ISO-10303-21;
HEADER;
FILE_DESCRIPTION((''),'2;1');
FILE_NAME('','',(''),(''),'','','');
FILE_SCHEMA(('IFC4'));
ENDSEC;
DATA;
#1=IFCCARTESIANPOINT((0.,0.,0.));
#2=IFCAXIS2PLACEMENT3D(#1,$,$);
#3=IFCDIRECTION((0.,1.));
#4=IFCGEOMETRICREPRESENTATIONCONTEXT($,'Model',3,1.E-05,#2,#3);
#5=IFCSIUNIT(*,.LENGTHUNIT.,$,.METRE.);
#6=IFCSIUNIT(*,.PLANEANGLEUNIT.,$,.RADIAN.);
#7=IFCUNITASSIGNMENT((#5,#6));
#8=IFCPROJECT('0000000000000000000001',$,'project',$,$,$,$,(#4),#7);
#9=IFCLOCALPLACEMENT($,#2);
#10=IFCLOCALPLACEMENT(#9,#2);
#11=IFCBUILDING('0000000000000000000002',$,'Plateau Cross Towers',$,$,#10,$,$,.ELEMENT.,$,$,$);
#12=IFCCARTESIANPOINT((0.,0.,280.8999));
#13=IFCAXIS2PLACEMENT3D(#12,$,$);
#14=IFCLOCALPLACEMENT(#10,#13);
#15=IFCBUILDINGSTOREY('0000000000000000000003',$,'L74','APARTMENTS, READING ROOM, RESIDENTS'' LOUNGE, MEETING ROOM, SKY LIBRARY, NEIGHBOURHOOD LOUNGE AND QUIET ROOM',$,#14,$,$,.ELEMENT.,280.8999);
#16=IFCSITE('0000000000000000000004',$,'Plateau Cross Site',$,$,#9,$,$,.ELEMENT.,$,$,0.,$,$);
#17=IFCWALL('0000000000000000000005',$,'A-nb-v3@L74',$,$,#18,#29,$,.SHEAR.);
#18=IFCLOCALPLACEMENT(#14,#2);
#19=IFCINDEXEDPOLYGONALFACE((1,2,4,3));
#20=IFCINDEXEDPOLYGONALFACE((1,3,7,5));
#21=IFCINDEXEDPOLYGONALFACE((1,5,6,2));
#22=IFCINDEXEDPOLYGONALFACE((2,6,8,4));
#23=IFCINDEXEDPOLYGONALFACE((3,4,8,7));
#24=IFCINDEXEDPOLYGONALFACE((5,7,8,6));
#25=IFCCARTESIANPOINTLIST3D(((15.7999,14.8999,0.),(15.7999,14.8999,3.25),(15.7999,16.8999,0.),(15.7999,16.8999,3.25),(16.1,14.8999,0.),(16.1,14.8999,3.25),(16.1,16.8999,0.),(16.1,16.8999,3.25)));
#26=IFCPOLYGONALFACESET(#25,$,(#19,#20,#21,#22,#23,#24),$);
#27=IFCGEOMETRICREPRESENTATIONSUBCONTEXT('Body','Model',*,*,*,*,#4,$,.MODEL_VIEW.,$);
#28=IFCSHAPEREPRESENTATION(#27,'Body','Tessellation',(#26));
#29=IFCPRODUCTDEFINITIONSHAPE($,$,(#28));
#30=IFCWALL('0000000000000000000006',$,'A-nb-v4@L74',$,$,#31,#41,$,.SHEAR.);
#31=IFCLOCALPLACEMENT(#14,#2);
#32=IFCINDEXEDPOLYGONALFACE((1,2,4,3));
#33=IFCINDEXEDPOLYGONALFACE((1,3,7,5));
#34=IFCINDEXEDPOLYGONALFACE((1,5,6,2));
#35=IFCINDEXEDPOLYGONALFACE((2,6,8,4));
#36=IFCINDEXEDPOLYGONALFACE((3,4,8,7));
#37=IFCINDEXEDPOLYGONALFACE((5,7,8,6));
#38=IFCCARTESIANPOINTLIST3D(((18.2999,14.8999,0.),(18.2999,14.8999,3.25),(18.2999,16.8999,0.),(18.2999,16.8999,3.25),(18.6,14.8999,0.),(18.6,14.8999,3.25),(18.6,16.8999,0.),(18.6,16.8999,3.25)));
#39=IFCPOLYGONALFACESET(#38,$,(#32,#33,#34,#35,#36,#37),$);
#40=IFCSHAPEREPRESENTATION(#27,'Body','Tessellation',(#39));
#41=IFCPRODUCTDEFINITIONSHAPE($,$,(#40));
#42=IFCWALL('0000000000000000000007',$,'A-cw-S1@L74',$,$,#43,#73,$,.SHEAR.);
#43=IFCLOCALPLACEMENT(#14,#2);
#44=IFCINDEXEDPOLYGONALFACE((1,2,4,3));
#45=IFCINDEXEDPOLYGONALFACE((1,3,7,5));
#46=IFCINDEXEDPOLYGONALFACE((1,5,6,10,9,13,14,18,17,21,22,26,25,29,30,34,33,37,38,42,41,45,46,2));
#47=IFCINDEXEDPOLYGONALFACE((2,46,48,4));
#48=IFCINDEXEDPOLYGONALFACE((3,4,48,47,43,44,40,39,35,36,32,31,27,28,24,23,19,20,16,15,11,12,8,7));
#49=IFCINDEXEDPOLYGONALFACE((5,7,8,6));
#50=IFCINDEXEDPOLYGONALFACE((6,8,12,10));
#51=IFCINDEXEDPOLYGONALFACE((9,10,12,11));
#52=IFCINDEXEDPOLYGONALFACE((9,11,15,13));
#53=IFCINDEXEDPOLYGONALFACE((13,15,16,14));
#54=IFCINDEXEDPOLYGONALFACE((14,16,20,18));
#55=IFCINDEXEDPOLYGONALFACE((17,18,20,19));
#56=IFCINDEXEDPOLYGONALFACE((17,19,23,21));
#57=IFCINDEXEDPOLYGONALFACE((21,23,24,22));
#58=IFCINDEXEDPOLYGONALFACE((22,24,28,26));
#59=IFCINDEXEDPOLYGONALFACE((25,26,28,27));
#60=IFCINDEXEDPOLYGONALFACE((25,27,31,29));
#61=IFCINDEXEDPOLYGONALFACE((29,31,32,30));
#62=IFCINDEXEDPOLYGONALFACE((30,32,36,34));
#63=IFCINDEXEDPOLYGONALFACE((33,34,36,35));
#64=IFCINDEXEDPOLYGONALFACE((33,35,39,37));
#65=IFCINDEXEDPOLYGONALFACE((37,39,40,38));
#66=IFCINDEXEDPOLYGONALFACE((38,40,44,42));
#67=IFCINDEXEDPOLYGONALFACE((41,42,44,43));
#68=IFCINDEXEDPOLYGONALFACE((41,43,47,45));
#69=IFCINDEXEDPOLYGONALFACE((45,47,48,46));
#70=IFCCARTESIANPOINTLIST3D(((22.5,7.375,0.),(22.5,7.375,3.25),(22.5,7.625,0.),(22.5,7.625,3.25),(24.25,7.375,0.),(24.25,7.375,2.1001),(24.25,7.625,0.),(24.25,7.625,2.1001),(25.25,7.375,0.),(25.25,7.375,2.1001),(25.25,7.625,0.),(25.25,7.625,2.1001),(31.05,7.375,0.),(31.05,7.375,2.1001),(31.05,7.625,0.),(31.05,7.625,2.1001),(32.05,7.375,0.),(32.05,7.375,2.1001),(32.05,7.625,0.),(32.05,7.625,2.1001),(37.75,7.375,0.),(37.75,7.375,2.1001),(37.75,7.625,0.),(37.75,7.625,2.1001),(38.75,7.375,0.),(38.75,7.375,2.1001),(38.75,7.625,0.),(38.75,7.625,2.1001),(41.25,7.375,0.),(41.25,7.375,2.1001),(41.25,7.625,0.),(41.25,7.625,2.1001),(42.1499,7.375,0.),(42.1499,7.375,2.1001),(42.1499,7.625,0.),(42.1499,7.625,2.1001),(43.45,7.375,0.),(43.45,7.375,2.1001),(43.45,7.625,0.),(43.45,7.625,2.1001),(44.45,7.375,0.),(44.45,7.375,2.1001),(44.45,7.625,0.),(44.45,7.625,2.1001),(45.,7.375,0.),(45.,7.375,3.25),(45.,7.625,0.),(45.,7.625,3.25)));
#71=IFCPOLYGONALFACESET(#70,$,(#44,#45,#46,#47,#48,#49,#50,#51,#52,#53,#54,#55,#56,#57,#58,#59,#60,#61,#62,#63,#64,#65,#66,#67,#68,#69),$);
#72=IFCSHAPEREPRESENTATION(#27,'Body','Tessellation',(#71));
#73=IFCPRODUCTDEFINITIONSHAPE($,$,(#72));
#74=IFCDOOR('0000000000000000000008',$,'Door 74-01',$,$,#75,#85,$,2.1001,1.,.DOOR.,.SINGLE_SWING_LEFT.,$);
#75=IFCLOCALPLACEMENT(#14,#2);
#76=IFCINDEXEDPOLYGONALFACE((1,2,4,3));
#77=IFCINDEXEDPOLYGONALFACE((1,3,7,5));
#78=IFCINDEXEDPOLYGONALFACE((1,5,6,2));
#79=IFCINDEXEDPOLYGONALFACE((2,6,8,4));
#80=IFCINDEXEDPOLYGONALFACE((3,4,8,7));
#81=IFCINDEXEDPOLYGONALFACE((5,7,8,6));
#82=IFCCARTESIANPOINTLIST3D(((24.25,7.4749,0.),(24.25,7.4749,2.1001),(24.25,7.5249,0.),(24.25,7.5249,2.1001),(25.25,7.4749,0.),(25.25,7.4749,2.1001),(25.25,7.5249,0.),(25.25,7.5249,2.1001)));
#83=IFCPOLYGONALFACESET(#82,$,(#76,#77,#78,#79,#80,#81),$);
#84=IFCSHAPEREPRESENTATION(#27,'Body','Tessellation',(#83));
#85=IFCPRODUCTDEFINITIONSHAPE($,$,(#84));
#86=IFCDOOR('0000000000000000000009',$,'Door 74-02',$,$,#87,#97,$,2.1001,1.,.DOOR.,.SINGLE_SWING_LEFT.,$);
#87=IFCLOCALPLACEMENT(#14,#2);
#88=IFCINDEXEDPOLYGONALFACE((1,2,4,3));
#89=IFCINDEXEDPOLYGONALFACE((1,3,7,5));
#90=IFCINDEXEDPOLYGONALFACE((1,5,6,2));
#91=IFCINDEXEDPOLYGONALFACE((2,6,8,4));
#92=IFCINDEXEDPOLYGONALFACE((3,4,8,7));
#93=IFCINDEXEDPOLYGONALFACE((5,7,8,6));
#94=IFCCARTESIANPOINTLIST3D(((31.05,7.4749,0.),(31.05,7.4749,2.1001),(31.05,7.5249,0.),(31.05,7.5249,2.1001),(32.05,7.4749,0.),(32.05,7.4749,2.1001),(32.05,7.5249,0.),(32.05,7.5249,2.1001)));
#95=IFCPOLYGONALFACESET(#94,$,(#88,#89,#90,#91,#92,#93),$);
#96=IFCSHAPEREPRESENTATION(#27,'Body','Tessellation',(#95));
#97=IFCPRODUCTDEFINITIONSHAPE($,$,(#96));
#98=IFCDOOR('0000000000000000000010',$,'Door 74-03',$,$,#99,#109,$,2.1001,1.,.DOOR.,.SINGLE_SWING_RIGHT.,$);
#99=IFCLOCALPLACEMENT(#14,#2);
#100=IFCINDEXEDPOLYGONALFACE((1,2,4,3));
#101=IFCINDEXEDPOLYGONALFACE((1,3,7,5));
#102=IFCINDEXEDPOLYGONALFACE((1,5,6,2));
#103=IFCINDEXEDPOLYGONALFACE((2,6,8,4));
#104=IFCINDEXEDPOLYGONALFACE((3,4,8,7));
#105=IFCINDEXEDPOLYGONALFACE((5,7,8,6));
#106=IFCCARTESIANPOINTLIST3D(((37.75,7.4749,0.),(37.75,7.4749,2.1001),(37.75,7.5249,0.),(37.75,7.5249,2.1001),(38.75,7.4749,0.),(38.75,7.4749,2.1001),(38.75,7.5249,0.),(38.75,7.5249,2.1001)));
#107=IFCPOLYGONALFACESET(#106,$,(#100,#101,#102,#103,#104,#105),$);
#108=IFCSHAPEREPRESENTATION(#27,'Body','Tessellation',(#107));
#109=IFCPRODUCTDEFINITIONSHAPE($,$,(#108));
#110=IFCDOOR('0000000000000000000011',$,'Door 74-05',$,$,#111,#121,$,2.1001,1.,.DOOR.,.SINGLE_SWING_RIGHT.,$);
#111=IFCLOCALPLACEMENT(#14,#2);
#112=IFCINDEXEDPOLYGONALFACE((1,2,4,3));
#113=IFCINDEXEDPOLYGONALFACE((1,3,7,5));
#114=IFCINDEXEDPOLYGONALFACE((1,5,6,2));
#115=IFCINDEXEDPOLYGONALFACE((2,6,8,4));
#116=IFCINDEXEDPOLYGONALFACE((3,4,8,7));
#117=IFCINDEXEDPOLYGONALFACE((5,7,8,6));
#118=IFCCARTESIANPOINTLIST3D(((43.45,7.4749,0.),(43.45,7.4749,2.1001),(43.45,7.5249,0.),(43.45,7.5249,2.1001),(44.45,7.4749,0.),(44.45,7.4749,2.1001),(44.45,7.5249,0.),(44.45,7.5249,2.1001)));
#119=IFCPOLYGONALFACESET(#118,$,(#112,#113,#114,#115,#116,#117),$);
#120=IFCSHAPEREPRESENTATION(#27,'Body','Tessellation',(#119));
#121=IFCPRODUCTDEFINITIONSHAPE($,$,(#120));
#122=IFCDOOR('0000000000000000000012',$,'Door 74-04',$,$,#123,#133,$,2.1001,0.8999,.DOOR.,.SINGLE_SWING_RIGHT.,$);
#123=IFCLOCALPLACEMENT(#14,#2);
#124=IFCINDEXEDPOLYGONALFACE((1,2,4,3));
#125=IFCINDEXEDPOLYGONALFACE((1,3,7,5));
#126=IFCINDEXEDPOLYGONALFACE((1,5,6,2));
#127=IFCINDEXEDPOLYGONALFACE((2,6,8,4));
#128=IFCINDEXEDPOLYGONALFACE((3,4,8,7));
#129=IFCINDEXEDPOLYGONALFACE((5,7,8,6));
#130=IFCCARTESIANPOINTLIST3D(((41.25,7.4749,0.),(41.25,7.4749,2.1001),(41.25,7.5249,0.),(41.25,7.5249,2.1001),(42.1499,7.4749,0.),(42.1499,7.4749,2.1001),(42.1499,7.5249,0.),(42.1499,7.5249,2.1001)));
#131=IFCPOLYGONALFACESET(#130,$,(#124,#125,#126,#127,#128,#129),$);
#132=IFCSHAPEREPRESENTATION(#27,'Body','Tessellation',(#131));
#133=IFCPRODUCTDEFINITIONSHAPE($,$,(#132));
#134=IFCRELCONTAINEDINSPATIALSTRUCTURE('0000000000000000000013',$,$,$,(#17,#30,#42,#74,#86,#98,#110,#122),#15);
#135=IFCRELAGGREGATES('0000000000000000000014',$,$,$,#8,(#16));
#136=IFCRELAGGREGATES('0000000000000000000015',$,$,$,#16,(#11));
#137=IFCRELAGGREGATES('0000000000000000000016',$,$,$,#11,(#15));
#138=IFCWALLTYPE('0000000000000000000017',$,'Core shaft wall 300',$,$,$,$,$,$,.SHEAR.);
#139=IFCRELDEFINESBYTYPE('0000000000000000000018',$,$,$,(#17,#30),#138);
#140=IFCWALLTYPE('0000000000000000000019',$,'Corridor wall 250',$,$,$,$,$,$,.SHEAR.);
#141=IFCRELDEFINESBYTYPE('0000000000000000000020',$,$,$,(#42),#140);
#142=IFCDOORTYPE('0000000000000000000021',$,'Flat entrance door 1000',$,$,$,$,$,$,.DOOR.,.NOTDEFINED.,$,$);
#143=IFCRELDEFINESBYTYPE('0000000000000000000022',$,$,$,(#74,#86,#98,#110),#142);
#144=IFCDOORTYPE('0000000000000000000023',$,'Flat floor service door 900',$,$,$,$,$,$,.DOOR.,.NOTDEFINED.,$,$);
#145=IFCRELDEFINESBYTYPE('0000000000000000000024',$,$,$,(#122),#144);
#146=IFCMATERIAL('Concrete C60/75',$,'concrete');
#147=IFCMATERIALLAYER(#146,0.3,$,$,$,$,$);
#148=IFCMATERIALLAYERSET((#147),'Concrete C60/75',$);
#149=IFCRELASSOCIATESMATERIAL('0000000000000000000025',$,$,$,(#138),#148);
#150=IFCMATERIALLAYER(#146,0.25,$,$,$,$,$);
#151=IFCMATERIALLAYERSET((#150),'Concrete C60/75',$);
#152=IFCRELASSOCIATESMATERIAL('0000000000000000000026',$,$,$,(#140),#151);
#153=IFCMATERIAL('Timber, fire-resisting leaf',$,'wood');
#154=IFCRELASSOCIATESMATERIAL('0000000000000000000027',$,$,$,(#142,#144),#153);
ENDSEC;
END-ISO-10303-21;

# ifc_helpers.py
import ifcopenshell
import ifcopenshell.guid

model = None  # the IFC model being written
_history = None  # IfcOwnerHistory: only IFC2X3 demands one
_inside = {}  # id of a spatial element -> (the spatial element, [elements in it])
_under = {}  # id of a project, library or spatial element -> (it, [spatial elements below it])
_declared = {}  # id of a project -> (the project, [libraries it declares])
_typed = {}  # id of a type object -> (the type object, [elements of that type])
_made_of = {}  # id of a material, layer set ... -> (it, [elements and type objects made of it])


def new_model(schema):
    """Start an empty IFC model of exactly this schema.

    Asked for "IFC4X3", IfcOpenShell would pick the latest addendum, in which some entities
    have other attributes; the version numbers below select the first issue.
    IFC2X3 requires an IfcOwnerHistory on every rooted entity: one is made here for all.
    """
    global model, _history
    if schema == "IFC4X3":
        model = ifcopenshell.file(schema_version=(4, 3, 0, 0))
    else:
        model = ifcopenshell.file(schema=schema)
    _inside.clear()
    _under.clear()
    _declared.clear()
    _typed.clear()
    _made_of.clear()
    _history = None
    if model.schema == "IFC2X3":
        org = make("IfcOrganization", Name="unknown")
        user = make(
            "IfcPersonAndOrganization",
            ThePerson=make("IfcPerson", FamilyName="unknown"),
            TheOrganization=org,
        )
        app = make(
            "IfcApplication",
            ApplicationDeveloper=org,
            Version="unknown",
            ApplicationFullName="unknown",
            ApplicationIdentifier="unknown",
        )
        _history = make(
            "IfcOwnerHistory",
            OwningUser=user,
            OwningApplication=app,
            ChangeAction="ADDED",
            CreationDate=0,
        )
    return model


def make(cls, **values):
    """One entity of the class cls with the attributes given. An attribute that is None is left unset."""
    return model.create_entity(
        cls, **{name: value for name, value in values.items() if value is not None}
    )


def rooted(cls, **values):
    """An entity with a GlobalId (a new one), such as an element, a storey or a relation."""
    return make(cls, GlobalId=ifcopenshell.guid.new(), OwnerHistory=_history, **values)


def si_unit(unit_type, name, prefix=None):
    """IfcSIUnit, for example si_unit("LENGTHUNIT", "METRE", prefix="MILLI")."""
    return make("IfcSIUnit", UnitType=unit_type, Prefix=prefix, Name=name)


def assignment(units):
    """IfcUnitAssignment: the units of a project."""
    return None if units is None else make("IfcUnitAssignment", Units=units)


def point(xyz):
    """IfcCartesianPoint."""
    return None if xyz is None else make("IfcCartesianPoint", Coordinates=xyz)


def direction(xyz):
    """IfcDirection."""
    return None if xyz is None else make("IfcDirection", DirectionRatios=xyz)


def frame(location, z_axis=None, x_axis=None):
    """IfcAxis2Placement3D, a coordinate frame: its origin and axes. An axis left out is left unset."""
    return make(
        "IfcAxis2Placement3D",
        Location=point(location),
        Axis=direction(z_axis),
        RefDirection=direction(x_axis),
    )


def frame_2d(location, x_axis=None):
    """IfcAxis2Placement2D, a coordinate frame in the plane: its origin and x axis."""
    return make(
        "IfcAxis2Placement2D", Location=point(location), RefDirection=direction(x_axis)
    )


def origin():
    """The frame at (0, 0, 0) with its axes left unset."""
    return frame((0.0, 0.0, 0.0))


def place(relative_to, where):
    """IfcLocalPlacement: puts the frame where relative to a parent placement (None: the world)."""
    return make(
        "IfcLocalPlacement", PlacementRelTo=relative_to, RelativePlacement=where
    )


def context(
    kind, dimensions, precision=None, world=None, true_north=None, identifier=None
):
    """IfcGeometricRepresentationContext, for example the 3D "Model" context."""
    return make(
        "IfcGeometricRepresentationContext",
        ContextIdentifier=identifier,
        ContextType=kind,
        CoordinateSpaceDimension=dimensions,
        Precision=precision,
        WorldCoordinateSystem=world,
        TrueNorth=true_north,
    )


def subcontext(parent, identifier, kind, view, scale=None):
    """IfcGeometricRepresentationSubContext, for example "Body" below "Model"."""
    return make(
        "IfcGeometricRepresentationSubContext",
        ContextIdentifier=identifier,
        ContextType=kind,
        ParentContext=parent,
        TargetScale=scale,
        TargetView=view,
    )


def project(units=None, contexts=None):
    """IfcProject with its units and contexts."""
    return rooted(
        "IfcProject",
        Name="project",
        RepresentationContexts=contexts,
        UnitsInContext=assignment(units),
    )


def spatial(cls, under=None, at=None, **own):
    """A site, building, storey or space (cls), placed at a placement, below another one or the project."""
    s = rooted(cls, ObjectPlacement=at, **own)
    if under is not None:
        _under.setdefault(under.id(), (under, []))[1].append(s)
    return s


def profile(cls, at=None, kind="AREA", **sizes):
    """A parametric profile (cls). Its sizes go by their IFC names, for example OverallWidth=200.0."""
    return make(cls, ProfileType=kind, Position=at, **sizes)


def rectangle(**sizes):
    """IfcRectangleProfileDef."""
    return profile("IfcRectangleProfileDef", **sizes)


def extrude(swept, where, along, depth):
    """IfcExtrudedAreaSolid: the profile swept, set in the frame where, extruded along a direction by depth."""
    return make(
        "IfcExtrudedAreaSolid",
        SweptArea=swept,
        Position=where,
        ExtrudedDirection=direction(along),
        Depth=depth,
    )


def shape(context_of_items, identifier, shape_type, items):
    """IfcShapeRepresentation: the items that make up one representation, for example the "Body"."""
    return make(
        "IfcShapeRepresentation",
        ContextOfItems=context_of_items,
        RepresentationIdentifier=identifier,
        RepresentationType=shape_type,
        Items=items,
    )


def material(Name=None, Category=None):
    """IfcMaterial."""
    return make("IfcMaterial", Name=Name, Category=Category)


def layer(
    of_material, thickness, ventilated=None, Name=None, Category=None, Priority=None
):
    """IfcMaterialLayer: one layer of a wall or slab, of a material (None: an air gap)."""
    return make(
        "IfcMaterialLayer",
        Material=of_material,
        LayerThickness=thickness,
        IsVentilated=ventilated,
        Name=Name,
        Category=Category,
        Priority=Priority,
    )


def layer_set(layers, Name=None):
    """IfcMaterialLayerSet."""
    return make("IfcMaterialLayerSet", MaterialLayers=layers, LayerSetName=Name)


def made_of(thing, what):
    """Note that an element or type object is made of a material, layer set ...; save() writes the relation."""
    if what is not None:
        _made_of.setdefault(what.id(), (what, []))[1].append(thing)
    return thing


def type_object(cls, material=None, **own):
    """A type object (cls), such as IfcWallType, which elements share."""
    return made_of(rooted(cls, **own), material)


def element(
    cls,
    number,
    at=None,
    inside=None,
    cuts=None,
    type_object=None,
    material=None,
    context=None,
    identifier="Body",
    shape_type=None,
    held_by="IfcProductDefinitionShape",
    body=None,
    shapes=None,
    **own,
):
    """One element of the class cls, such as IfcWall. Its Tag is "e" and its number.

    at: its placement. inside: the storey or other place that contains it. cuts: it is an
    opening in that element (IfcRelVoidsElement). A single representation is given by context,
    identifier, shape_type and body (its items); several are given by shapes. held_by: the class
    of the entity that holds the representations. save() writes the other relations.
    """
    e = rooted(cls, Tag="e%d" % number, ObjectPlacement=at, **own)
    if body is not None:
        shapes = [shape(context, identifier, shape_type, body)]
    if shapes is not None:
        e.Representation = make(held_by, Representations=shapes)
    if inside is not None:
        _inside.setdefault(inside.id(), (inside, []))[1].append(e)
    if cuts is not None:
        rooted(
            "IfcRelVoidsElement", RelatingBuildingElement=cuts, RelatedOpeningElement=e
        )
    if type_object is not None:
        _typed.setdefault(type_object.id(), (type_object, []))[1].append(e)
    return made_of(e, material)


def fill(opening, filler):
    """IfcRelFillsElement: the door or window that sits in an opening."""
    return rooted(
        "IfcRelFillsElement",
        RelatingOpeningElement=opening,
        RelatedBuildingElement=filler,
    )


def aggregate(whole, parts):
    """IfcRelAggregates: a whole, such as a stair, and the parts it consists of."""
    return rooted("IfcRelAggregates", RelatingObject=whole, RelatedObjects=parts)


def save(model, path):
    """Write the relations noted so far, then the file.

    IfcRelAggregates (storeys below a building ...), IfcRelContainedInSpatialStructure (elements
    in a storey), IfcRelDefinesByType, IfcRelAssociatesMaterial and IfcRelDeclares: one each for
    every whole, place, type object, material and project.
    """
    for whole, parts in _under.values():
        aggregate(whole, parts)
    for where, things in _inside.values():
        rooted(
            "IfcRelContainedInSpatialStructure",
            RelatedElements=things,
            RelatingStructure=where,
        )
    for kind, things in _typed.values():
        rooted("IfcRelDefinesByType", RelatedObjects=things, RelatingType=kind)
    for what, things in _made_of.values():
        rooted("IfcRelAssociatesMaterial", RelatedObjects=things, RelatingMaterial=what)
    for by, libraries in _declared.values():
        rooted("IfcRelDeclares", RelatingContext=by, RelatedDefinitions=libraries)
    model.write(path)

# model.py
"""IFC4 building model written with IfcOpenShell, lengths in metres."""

from ifc_helpers import new_model, si_unit, direction, frame, frame_2d, origin, place, context, subcontext, project, spatial, rectangle, extrude, material, layer, layer_set, type_object, element, fill, save


model = new_model("IFC4")

# Units and contexts
model_context = context("Model", 3, precision=1e-05, world=origin(), true_north=direction((0.0, 1.0)))
body_context = subcontext(model_context, "Body", "Model", "MODEL_VIEW")
ifc_project = project(units=[si_unit("LENGTHUNIT", "METRE"), si_unit("PLANEANGLEUNIT", "RADIAN")], contexts=[model_context])

# Site, building, storey
site_placement = place(None, origin())
site = spatial("IfcSite", under=ifc_project, at=site_placement, Name="Plateau Cross Site", CompositionType="ELEMENT", RefElevation=0.0)
building_placement = place(site_placement, origin())
building = spatial("IfcBuilding", under=site, at=building_placement, Name="Plateau Cross Towers", CompositionType="ELEMENT")
storey_placement = place(building_placement, frame((0.0, 0.0, 280.8999)))
storey = spatial("IfcBuildingStorey", under=building, at=storey_placement, Name="L74", Description="APARTMENTS, READING ROOM, RESIDENTS' LOUNGE, MEETING ROOM, SKY LIBRARY, NEIGHBOURHOOD LOUNGE AND QUIET ROOM", CompositionType="ELEMENT", Elevation=280.8999)

# Shared definitions
ifc_material_1 = material(Name="Concrete C60/75", Category="concrete")

# Walls
ifc_layer_1 = layer(ifc_material_1, 0.3)
ifc_layer_set_1 = layer_set([ifc_layer_1], Name="Concrete C60/75")
wall_type_1 = type_object("IfcWallType", Name="Core shaft wall 300", PredefinedType="SHEAR", material=ifc_layer_set_1)
for number, where, z_axis, x_axis, name in (
    (1, (15.95, 14.8999, 0.0), (0.0, 0.0, 1.0), (0.0, 1.0, 0.0), "A-nb-v3@L74"),
    (2, (18.45, 14.8999, 0.0), (0.0, 0.0, 1.0), (0.0, 1.0, 0.0), "A-nb-v4@L74"),
):
    element("IfcWall", number, at=place(storey_placement, frame(where, z_axis=z_axis, x_axis=x_axis)), inside=storey, type_object=wall_type_1, Name=name, PredefinedType="SHEAR", context=body_context, shape_type="SweptSolid", body=[
        extrude(rectangle(XDim=2.0, YDim=0.3, at=frame_2d((1.0, 0.0))), origin(), (0.0, 0.0, 1.0), 3.25),
    ])

# Wall, openings, doors
ifc_layer_2 = layer(ifc_material_1, 0.25)
ifc_layer_set_2 = layer_set([ifc_layer_2], Name="Concrete C60/75")
wall_type_2 = type_object("IfcWallType", Name="Corridor wall 250", PredefinedType="SHEAR", material=ifc_layer_set_2)
wall_1_placement = place(storey_placement, frame((22.5, 7.5, 0.0), z_axis=(0.0, 0.0, 1.0), x_axis=(1.0, 0.0, 0.0)))
wall_1 = element("IfcWall", 3, at=wall_1_placement, inside=storey, type_object=wall_type_2, Name="A-cw-S1@L74", PredefinedType="SHEAR", context=body_context, shape_type="SweptSolid", body=[
    extrude(rectangle(XDim=22.5, YDim=0.25, at=frame_2d((11.25, 0.0))), origin(), (0.0, 0.0, 1.0), 3.25),
])
opening_1_placement = place(wall_1_placement, frame((1.75, 0.0, 0.0)))
opening_1 = element("IfcOpeningElement", 4, at=opening_1_placement, cuts=wall_1, PredefinedType="OPENING", context=body_context, shape_type="SweptSolid", body=[
    extrude(rectangle(XDim=1.0, YDim=2.1001, at=frame_2d((0.5, 1.05))), frame((0.0, 0.135, 0.0), z_axis=(0.0, -1.0, 0.0), x_axis=(1.0, 0.0, 0.0)), (0.0, 0.0, 1.0), 0.27),
])
opening_2_placement = place(wall_1_placement, frame((8.55, 0.0, 0.0)))
opening_2 = element("IfcOpeningElement", 5, at=opening_2_placement, cuts=wall_1, PredefinedType="OPENING", context=body_context, shape_type="SweptSolid", body=[
    extrude(rectangle(XDim=1.0, YDim=2.1001, at=frame_2d((0.5, 1.05))), frame((0.0, 0.135, 0.0), z_axis=(0.0, -1.0, 0.0), x_axis=(1.0, 0.0, 0.0)), (0.0, 0.0, 1.0), 0.27),
])
opening_3_placement = place(wall_1_placement, frame((15.25, 0.0, 0.0)))
opening_3 = element("IfcOpeningElement", 6, at=opening_3_placement, cuts=wall_1, PredefinedType="OPENING", context=body_context, shape_type="SweptSolid", body=[
    extrude(rectangle(XDim=1.0, YDim=2.1001, at=frame_2d((0.5, 1.05))), frame((0.0, 0.135, 0.0), z_axis=(0.0, -1.0, 0.0), x_axis=(1.0, 0.0, 0.0)), (0.0, 0.0, 1.0), 0.27),
])
opening_4_placement = place(wall_1_placement, frame((18.75, 0.0, 0.0)))
opening_4 = element("IfcOpeningElement", 7, at=opening_4_placement, cuts=wall_1, PredefinedType="OPENING", context=body_context, shape_type="SweptSolid", body=[
    extrude(rectangle(XDim=0.8999, YDim=2.1001, at=frame_2d((0.45, 1.05))), frame((0.0, 0.135, 0.0), z_axis=(0.0, -1.0, 0.0), x_axis=(1.0, 0.0, 0.0)), (0.0, 0.0, 1.0), 0.27),
])
opening_5_placement = place(wall_1_placement, frame((20.95, 0.0, 0.0)))
opening_5 = element("IfcOpeningElement", 8, at=opening_5_placement, cuts=wall_1, PredefinedType="OPENING", context=body_context, shape_type="SweptSolid", body=[
    extrude(rectangle(XDim=1.0, YDim=2.1001, at=frame_2d((0.5, 1.05))), frame((0.0, 0.135, 0.0), z_axis=(0.0, -1.0, 0.0), x_axis=(1.0, 0.0, 0.0)), (0.0, 0.0, 1.0), 0.27),
])
ifc_material_2 = material(Name="Timber, fire-resisting leaf", Category="wood")
door_type_1 = type_object("IfcDoorType", Name="Flat entrance door 1000", OperationType="NOTDEFINED", PredefinedType="DOOR", material=ifc_material_2)
door_1_placement = place(opening_1_placement, origin())
door_1 = element("IfcDoor", 9, at=door_1_placement, inside=storey, type_object=door_type_1, Name="Door 74-01", OperationType="SINGLE_SWING_LEFT", OverallHeight=2.1001, OverallWidth=1.0, PredefinedType="DOOR", context=body_context, shape_type="SweptSolid", body=[
    extrude(rectangle(XDim=1.0, YDim=2.1001, at=frame_2d((0.5, 1.05))), frame((0.0, 0.0249, 0.0), z_axis=(0.0, -1.0, 0.0), x_axis=(1.0, 0.0, 0.0)), (0.0, 0.0, 1.0), 0.05),
])
fill(opening_1, door_1)
door_2_placement = place(opening_2_placement, origin())
door_2 = element("IfcDoor", 10, at=door_2_placement, inside=storey, type_object=door_type_1, Name="Door 74-02", OperationType="SINGLE_SWING_LEFT", OverallHeight=2.1001, OverallWidth=1.0, PredefinedType="DOOR", context=body_context, shape_type="SweptSolid", body=[
    extrude(rectangle(XDim=1.0, YDim=2.1001, at=frame_2d((0.5, 1.05))), frame((0.0, 0.0249, 0.0), z_axis=(0.0, -1.0, 0.0), x_axis=(1.0, 0.0, 0.0)), (0.0, 0.0, 1.0), 0.05),
])
fill(opening_2, door_2)
door_3_placement = place(opening_3_placement, origin())
door_3 = element("IfcDoor", 11, at=door_3_placement, inside=storey, type_object=door_type_1, Name="Door 74-03", OperationType="SINGLE_SWING_RIGHT", OverallHeight=2.1001, OverallWidth=1.0, PredefinedType="DOOR", context=body_context, shape_type="SweptSolid", body=[
    extrude(rectangle(XDim=1.0, YDim=2.1001, at=frame_2d((0.5, 1.05))), frame((0.0, 0.0249, 0.0), z_axis=(0.0, -1.0, 0.0), x_axis=(1.0, 0.0, 0.0)), (0.0, 0.0, 1.0), 0.05),
])
fill(opening_3, door_3)
door_4_placement = place(opening_5_placement, origin())
door_4 = element("IfcDoor", 12, at=door_4_placement, inside=storey, type_object=door_type_1, Name="Door 74-05", OperationType="SINGLE_SWING_RIGHT", OverallHeight=2.1001, OverallWidth=1.0, PredefinedType="DOOR", context=body_context, shape_type="SweptSolid", body=[
    extrude(rectangle(XDim=1.0, YDim=2.1001, at=frame_2d((0.5, 1.05))), frame((0.0, 0.0249, 0.0), z_axis=(0.0, -1.0, 0.0), x_axis=(1.0, 0.0, 0.0)), (0.0, 0.0, 1.0), 0.05),
])
fill(opening_5, door_4)
door_type_2 = type_object("IfcDoorType", Name="Flat floor service door 900", OperationType="NOTDEFINED", PredefinedType="DOOR", material=ifc_material_2)
door_5_placement = place(opening_4_placement, origin())
door_5 = element("IfcDoor", 13, at=door_5_placement, inside=storey, type_object=door_type_2, Name="Door 74-04", OperationType="SINGLE_SWING_RIGHT", OverallHeight=2.1001, OverallWidth=0.8999, PredefinedType="DOOR", context=body_context, shape_type="SweptSolid", body=[
    extrude(rectangle(XDim=0.8999, YDim=2.1001, at=frame_2d((0.45, 1.05))), frame((0.0, 0.0249, 0.0), z_axis=(0.0, -1.0, 0.0), x_axis=(1.0, 0.0, 0.0)), (0.0, 0.0, 1.0), 0.05),
])
fill(opening_4, door_5)

save(model, "model.ifc")
